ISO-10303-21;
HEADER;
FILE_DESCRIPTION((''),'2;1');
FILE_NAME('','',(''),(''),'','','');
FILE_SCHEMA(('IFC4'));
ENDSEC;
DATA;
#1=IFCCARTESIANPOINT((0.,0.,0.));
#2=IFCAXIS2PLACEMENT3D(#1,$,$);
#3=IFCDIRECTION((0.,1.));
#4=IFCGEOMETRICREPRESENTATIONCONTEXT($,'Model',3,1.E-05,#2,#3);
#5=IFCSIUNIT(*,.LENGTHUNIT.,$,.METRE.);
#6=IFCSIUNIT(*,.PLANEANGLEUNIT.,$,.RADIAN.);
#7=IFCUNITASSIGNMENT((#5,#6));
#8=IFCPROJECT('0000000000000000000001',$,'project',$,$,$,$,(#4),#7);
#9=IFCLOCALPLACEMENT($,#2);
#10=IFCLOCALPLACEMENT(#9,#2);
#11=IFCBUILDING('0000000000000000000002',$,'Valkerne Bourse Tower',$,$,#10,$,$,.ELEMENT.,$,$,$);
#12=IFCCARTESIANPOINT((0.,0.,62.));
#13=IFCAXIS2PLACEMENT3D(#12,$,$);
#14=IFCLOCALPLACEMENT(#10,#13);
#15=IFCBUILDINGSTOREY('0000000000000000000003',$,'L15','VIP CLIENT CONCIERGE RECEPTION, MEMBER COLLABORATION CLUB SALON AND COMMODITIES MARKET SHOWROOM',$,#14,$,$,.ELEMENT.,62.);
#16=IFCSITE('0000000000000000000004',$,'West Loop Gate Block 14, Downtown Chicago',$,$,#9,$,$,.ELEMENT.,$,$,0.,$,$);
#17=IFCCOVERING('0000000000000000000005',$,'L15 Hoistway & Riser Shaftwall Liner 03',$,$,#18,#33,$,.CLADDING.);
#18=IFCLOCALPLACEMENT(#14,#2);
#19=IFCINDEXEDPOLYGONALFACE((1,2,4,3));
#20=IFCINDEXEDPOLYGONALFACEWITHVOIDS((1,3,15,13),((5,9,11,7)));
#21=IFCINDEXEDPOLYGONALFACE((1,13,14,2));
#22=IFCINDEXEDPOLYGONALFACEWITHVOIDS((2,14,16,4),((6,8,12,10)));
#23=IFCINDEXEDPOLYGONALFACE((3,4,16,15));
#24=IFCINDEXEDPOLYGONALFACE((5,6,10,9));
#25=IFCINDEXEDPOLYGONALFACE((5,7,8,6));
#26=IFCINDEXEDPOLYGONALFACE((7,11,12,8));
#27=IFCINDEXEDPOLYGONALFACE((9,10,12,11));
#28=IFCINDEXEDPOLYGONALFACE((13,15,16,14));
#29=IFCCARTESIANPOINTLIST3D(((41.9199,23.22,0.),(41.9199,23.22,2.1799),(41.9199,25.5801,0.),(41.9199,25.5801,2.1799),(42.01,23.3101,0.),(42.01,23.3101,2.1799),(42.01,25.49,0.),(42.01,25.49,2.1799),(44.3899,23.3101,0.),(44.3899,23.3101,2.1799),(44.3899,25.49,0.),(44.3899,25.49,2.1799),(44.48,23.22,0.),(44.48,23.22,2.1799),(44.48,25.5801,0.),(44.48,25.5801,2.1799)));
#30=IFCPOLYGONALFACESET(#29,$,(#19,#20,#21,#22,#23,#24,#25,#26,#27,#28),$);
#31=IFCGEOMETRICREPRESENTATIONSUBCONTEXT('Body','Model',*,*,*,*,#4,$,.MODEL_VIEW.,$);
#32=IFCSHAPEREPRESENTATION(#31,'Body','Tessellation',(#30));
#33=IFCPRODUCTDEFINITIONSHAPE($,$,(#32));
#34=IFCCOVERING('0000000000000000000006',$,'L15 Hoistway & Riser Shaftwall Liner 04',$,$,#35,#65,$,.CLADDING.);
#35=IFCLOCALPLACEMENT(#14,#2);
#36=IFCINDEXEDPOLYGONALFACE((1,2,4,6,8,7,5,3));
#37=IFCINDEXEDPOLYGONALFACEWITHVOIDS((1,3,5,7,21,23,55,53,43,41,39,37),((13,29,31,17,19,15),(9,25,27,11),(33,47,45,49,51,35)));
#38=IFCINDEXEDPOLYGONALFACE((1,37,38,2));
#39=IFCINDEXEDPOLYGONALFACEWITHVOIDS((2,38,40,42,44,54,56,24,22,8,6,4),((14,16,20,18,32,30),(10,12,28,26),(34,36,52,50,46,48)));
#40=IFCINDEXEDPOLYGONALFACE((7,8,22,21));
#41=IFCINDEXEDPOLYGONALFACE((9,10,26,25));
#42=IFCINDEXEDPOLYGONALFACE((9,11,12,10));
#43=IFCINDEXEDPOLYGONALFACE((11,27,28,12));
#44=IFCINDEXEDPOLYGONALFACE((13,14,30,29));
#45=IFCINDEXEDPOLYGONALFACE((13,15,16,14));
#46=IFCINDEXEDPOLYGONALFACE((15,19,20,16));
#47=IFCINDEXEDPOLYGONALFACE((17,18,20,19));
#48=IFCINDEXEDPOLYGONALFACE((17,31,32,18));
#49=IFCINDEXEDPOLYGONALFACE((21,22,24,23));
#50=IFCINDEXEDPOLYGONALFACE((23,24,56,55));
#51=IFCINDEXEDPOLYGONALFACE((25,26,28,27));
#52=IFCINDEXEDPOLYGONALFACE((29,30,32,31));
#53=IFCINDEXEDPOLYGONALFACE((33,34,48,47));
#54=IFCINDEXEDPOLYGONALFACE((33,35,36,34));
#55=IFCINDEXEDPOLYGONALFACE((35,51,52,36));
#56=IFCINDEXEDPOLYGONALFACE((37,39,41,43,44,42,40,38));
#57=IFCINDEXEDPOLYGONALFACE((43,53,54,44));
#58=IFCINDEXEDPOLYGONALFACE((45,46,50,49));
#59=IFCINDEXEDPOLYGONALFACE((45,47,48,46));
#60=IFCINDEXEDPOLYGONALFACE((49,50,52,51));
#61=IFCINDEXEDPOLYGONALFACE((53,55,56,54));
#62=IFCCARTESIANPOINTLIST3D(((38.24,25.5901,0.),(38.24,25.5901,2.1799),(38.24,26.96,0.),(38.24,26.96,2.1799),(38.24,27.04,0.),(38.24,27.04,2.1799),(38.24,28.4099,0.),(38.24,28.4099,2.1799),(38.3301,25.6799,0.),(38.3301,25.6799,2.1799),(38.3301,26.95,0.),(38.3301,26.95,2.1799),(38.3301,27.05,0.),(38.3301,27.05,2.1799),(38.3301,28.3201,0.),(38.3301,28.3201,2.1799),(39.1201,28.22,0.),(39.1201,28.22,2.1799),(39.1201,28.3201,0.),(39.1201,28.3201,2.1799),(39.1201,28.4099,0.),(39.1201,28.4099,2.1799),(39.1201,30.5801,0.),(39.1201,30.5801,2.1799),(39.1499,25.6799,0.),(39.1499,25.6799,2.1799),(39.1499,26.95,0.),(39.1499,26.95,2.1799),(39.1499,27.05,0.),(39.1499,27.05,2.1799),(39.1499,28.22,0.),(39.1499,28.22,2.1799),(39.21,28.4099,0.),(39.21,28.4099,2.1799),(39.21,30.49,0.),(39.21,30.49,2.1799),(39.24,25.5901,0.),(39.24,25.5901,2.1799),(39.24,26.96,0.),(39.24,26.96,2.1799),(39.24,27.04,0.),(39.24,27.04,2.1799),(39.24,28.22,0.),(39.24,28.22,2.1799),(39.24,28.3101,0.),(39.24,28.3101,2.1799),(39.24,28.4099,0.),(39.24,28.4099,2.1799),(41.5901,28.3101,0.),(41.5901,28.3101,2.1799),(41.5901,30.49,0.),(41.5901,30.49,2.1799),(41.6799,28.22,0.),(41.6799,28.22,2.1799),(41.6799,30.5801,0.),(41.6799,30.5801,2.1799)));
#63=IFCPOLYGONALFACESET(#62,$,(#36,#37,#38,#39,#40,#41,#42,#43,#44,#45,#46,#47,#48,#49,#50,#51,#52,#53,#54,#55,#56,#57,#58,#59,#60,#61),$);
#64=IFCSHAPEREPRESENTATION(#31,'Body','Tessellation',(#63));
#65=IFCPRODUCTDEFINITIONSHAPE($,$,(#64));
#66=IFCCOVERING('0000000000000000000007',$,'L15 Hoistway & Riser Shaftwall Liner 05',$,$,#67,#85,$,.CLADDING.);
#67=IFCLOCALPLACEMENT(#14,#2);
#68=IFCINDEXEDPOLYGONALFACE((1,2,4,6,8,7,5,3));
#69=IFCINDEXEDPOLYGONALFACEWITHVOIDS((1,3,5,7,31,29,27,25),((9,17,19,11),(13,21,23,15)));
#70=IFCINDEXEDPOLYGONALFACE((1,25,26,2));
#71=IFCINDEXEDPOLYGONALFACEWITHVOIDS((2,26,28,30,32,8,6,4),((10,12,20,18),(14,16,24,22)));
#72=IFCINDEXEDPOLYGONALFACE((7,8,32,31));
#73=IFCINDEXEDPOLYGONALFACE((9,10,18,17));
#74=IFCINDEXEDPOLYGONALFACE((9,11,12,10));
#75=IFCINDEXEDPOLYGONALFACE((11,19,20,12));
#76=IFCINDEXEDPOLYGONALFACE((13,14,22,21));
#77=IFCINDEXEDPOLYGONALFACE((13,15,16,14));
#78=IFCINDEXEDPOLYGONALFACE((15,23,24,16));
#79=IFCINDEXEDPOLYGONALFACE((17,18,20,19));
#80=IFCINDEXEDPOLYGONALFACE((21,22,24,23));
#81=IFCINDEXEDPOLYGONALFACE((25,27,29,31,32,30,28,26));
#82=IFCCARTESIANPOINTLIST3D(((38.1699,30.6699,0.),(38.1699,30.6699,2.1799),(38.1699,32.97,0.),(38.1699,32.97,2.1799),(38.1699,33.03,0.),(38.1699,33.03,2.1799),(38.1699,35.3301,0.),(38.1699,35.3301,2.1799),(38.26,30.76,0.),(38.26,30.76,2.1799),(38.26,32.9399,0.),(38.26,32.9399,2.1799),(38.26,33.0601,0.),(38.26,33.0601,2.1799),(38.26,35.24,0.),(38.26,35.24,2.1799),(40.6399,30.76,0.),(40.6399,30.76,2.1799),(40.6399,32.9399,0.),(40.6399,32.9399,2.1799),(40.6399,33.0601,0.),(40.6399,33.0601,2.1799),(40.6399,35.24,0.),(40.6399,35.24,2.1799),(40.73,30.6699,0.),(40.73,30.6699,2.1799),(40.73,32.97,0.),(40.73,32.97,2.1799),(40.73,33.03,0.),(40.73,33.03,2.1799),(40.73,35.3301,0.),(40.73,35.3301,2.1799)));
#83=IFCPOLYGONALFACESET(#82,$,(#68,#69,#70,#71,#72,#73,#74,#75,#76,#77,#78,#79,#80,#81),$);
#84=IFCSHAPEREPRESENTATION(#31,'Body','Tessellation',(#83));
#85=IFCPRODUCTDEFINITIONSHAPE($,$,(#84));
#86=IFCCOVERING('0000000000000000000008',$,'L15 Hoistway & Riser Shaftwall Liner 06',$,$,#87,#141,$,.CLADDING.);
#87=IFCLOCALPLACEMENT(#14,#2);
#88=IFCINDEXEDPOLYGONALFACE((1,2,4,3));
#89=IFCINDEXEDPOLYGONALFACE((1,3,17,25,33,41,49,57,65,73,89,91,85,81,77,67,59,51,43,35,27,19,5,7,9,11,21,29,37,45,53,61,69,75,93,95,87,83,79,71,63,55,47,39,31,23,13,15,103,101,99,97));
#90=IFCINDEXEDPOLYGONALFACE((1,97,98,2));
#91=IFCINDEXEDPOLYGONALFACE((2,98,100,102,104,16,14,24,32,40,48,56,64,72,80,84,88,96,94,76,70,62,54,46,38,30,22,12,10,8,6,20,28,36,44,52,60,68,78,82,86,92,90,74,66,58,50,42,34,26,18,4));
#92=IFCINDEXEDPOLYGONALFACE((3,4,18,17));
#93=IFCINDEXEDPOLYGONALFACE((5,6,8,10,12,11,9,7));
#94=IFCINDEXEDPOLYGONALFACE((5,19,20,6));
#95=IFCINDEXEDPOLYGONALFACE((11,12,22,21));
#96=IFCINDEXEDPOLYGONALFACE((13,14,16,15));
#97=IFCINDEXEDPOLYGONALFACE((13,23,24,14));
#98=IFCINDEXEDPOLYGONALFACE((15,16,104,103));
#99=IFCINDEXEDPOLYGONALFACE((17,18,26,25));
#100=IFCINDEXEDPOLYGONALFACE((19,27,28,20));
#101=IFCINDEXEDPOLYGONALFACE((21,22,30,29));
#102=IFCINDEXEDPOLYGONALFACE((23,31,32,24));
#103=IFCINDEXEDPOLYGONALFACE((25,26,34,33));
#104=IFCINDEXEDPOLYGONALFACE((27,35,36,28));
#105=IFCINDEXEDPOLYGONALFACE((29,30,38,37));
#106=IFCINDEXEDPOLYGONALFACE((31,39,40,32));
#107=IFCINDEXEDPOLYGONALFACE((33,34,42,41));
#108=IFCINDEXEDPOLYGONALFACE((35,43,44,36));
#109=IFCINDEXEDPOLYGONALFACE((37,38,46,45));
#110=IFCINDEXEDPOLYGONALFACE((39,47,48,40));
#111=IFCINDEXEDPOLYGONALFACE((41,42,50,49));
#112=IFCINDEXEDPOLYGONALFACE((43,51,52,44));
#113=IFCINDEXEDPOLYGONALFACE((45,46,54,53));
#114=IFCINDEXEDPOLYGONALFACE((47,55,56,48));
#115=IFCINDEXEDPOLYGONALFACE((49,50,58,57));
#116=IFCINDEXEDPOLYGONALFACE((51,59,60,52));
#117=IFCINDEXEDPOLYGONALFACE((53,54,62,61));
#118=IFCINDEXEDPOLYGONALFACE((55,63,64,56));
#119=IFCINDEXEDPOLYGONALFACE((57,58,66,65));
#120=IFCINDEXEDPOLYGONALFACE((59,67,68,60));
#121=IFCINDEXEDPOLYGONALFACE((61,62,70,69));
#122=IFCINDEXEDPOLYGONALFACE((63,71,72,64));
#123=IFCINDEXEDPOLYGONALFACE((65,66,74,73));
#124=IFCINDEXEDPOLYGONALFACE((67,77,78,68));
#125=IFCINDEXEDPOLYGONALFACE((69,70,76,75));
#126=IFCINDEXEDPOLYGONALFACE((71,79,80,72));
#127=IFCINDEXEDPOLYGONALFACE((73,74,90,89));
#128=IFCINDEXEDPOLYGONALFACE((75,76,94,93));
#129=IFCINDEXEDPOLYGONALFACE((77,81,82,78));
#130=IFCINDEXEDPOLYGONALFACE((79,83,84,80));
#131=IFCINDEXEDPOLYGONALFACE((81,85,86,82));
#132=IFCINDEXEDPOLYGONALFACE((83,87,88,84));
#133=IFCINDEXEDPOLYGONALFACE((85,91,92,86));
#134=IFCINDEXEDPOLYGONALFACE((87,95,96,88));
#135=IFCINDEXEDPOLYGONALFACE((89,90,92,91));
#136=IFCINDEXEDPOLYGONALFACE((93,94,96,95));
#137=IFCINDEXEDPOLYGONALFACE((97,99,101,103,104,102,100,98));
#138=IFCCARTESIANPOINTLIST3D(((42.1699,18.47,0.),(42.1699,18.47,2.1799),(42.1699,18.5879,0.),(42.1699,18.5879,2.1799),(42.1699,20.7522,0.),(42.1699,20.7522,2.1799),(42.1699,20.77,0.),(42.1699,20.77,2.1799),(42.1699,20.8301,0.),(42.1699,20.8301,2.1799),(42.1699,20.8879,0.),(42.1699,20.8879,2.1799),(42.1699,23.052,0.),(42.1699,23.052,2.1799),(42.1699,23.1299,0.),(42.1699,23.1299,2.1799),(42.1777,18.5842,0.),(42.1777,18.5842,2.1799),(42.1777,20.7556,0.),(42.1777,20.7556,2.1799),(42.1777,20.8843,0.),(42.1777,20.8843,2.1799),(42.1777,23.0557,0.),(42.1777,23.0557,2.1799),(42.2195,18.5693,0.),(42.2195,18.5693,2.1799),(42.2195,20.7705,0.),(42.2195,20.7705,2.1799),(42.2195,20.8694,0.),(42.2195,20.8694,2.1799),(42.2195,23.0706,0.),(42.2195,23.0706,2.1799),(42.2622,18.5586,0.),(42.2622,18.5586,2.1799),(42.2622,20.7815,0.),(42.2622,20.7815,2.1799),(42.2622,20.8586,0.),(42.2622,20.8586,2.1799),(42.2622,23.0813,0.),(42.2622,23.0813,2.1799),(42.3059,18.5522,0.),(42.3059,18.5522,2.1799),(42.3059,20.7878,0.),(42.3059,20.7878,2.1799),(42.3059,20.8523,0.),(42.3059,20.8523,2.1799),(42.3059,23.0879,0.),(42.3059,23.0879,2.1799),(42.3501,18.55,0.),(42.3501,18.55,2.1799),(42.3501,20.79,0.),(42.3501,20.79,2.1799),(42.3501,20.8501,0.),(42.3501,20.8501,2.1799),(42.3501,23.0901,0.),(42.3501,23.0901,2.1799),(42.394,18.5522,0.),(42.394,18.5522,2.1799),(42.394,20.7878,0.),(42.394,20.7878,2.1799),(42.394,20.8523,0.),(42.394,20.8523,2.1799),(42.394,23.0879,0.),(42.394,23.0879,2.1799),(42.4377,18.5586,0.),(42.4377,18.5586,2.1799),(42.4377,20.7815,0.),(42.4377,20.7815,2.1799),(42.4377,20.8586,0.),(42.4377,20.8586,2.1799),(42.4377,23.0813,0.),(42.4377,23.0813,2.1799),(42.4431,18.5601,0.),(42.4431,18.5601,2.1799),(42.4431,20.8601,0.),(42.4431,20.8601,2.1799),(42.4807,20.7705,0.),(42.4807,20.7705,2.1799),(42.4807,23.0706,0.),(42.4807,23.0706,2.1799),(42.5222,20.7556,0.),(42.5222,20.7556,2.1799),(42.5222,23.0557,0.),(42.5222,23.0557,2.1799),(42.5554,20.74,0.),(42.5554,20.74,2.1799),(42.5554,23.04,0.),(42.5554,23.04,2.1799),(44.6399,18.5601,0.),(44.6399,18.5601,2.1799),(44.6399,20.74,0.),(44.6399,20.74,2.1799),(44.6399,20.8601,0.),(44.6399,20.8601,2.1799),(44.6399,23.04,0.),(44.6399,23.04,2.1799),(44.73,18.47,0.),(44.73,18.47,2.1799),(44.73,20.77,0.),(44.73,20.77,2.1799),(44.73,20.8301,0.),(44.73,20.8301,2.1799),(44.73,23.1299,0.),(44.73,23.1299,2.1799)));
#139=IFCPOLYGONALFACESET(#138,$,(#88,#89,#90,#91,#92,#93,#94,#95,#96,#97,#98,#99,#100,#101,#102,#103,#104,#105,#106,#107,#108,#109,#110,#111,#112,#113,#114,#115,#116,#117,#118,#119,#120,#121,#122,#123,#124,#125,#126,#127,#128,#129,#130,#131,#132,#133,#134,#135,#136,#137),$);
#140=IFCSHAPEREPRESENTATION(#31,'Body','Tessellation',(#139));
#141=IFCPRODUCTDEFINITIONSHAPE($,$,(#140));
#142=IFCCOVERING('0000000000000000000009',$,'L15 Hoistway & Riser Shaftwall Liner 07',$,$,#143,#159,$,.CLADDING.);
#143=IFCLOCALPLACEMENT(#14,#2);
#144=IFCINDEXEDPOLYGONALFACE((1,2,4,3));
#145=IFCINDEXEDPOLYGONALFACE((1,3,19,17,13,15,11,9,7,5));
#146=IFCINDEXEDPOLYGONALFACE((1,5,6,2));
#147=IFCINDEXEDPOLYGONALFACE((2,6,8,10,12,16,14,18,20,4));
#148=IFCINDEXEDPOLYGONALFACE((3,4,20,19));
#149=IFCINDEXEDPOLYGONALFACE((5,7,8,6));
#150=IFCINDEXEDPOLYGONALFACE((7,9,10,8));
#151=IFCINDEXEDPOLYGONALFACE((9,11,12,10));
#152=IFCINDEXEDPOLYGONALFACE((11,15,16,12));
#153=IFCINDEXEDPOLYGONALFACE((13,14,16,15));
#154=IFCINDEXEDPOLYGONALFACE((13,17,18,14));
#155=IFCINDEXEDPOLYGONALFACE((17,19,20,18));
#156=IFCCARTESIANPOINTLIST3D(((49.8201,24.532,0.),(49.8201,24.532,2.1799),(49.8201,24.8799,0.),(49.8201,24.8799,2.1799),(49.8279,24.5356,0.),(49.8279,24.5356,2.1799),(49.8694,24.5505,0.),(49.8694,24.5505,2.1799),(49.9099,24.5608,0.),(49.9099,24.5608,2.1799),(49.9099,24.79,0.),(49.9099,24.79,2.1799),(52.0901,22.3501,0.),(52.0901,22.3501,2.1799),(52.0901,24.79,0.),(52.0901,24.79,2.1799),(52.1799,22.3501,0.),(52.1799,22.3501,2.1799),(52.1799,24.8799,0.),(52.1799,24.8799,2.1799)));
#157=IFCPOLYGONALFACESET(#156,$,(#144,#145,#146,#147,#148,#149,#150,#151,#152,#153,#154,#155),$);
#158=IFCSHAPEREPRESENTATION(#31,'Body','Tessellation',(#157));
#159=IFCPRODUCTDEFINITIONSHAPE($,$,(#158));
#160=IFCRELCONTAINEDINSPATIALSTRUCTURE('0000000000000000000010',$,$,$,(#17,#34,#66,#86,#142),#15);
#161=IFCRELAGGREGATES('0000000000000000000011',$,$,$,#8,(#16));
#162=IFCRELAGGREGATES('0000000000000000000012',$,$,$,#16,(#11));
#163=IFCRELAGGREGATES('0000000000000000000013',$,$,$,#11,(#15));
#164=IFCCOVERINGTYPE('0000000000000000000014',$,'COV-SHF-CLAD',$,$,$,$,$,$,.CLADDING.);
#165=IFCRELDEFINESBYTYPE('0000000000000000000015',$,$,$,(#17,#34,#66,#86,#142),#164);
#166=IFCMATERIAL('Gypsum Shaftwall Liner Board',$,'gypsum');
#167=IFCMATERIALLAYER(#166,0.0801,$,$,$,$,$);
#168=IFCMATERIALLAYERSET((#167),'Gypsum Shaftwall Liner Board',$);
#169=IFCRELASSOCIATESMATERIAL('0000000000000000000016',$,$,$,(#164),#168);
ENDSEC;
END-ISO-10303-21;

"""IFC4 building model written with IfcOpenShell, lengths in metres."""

from ifc_helpers import new_model, si_unit, direction, frame, origin, place, context, subcontext, project, spatial, polyline, outline, extrude, material, layer, layer_set, type_object, element, save


model = new_model("IFC4")

# Units and contexts
model_context = context("Model", 3, precision=1e-05, world=origin(), true_north=direction((0.0, 1.0)))
body_context = subcontext(model_context, "Body", "Model", "MODEL_VIEW")
ifc_project = project(units=[si_unit("LENGTHUNIT", "METRE"), si_unit("PLANEANGLEUNIT", "RADIAN")], contexts=[model_context])

# Site, building, storey
site_placement = place(None, origin())
site = spatial("IfcSite", under=ifc_project, at=site_placement, Name="West Loop Gate Block 14, Downtown Chicago", CompositionType="ELEMENT", RefElevation=0.0)
building_placement = place(site_placement, origin())
building = spatial("IfcBuilding", under=site, at=building_placement, Name="Valkerne Bourse Tower", CompositionType="ELEMENT")
storey_placement = place(building_placement, frame((0.0, 0.0, 62.0)))
storey = spatial("IfcBuildingStorey", under=building, at=storey_placement, Name="L15", Description="VIP CLIENT CONCIERGE RECEPTION, MEMBER COLLABORATION CLUB SALON AND COMMODITIES MARKET SHOWROOM", CompositionType="ELEMENT", Elevation=62.0)

# Coverings
ifc_material_1 = material(Name="Gypsum Shaftwall Liner Board", Category="gypsum")
ifc_layer_1 = layer(ifc_material_1, 0.0801)
ifc_layer_set_1 = layer_set([ifc_layer_1], Name="Gypsum Shaftwall Liner Board")
covering_type_1 = type_object("IfcCoveringType", Name="COV-SHF-CLAD", PredefinedType="CLADDING", material=ifc_layer_set_1)
covering_1_placement = place(storey_placement, origin())
element("IfcCovering", 1, at=covering_1_placement, inside=storey, type_object=covering_type_1, Name="L15 Hoistway & Riser Shaftwall Liner 03", PredefinedType="CLADDING", context=body_context, shape_type="SweptSolid", body=[
    extrude(outline(polyline([(44.48, 23.22), (41.9199, 23.22), (41.9199, 25.5801), (44.48, 25.5801), (44.48, 23.22)]), holes=[polyline([(42.01, 25.49), (42.01, 23.3101), (44.3899, 23.3101), (44.3899, 25.49), (42.01, 25.49)])]), origin(), (0.0, 0.0, 1.0), 2.1799),
])
covering_2_placement = place(storey_placement, origin())
element("IfcCovering", 2, at=covering_2_placement, inside=storey, type_object=covering_type_1, Name="L15 Hoistway & Riser Shaftwall Liner 04", PredefinedType="CLADDING", context=body_context, shape_type="SweptSolid", body=[
    extrude(outline(polyline([(38.24, 28.4099), (39.1201, 28.4099), (39.1201, 30.5801), (41.6799, 30.5801), (41.6799, 28.22), (39.24, 28.22), (39.24, 27.04), (39.24, 26.96), (39.24, 25.5901), (38.24, 25.5901), (38.24, 26.96), (38.24, 27.04), (38.24, 28.4099)]), holes=[polyline([(39.21, 30.49), (39.21, 28.4099), (39.24, 28.4099), (39.24, 28.3101), (41.5901, 28.3101), (41.5901, 30.49), (39.21, 30.49)]), polyline([(38.3301, 26.95), (38.3301, 25.6799), (39.1499, 25.6799), (39.1499, 26.95), (38.3301, 26.95)]), polyline([(39.1201, 28.22), (39.1201, 28.3201), (38.3301, 28.3201), (38.3301, 27.05), (39.1499, 27.05), (39.1499, 28.22), (39.1201, 28.22)])]), origin(), (0.0, 0.0, 1.0), 2.1799),
])
covering_3_placement = place(storey_placement, origin())
element("IfcCovering", 3, at=covering_3_placement, inside=storey, type_object=covering_type_1, Name="L15 Hoistway & Riser Shaftwall Liner 05", PredefinedType="CLADDING", context=body_context, shape_type="SweptSolid", body=[
    extrude(outline(polyline([(38.1699, 35.3301), (40.73, 35.3301), (40.73, 33.03), (40.73, 32.97), (40.73, 30.6699), (38.1699, 30.6699), (38.1699, 32.97), (38.1699, 33.03), (38.1699, 35.3301)]), holes=[polyline([(38.26, 32.9399), (38.26, 30.76), (40.6399, 30.76), (40.6399, 32.9399), (38.26, 32.9399)]), polyline([(38.26, 35.24), (38.26, 33.0601), (40.6399, 33.0601), (40.6399, 35.24), (38.26, 35.24)])]), origin(), (0.0, 0.0, 1.0), 2.1799),
])
covering_4_placement = place(storey_placement, origin())
element("IfcCovering", 4, at=covering_4_placement, inside=storey, type_object=covering_type_1, Name="L15 Hoistway & Riser Shaftwall Liner 06", PredefinedType="CLADDING", context=body_context, shape_type="SweptSolid", body=[
    extrude(outline(polyline([(42.1699, 20.8301), (42.1699, 20.8879), (42.1777, 20.8843), (42.2195, 20.8694), (42.2622, 20.8586), (42.3059, 20.8523), (42.3501, 20.8501), (42.394, 20.8523), (42.4377, 20.8586), (42.4431, 20.8601), (44.6399, 20.8601), (44.6399, 23.04), (42.5554, 23.04), (42.5222, 23.0557), (42.4807, 23.0706), (42.4377, 23.0813), (42.394, 23.0879), (42.3501, 23.0901), (42.3059, 23.0879), (42.2622, 23.0813), (42.2195, 23.0706), (42.1777, 23.0557), (42.1699, 23.052), (42.1699, 23.1299), (44.73, 23.1299), (44.73, 20.8301), (44.73, 20.77), (44.73, 18.47), (42.1699, 18.47), (42.1699, 18.5879), (42.1777, 18.5842), (42.2195, 18.5693), (42.2622, 18.5586), (42.3059, 18.5522), (42.3501, 18.55), (42.394, 18.5522), (42.4377, 18.5586), (42.4431, 18.5601), (44.6399, 18.5601), (44.6399, 20.74), (42.5554, 20.74), (42.5222, 20.7556), (42.4807, 20.7705), (42.4377, 20.7815), (42.394, 20.7878), (42.3501, 20.79), (42.3059, 20.7878), (42.2622, 20.7815), (42.2195, 20.7705), (42.1777, 20.7556), (42.1699, 20.7522), (42.1699, 20.77), (42.1699, 20.8301)])), origin(), (0.0, 0.0, 1.0), 2.1799),
])
covering_5_placement = place(storey_placement, origin())
element("IfcCovering", 5, at=covering_5_placement, inside=storey, type_object=covering_type_1, Name="L15 Hoistway & Riser Shaftwall Liner 07", PredefinedType="CLADDING", context=body_context, shape_type="SweptSolid", body=[
    extrude(outline(polyline([(52.1799, 22.3501), (52.0901, 22.3501), (52.0901, 24.79), (49.9099, 24.79), (49.9099, 24.5608), (49.8694, 24.5505), (49.8279, 24.5356), (49.8201, 24.532), (49.8201, 24.8799), (52.1799, 24.8799), (52.1799, 22.3501)])), origin(), (0.0, 0.0, 1.0), 2.1799),
])

save(model, "model.ifc")
